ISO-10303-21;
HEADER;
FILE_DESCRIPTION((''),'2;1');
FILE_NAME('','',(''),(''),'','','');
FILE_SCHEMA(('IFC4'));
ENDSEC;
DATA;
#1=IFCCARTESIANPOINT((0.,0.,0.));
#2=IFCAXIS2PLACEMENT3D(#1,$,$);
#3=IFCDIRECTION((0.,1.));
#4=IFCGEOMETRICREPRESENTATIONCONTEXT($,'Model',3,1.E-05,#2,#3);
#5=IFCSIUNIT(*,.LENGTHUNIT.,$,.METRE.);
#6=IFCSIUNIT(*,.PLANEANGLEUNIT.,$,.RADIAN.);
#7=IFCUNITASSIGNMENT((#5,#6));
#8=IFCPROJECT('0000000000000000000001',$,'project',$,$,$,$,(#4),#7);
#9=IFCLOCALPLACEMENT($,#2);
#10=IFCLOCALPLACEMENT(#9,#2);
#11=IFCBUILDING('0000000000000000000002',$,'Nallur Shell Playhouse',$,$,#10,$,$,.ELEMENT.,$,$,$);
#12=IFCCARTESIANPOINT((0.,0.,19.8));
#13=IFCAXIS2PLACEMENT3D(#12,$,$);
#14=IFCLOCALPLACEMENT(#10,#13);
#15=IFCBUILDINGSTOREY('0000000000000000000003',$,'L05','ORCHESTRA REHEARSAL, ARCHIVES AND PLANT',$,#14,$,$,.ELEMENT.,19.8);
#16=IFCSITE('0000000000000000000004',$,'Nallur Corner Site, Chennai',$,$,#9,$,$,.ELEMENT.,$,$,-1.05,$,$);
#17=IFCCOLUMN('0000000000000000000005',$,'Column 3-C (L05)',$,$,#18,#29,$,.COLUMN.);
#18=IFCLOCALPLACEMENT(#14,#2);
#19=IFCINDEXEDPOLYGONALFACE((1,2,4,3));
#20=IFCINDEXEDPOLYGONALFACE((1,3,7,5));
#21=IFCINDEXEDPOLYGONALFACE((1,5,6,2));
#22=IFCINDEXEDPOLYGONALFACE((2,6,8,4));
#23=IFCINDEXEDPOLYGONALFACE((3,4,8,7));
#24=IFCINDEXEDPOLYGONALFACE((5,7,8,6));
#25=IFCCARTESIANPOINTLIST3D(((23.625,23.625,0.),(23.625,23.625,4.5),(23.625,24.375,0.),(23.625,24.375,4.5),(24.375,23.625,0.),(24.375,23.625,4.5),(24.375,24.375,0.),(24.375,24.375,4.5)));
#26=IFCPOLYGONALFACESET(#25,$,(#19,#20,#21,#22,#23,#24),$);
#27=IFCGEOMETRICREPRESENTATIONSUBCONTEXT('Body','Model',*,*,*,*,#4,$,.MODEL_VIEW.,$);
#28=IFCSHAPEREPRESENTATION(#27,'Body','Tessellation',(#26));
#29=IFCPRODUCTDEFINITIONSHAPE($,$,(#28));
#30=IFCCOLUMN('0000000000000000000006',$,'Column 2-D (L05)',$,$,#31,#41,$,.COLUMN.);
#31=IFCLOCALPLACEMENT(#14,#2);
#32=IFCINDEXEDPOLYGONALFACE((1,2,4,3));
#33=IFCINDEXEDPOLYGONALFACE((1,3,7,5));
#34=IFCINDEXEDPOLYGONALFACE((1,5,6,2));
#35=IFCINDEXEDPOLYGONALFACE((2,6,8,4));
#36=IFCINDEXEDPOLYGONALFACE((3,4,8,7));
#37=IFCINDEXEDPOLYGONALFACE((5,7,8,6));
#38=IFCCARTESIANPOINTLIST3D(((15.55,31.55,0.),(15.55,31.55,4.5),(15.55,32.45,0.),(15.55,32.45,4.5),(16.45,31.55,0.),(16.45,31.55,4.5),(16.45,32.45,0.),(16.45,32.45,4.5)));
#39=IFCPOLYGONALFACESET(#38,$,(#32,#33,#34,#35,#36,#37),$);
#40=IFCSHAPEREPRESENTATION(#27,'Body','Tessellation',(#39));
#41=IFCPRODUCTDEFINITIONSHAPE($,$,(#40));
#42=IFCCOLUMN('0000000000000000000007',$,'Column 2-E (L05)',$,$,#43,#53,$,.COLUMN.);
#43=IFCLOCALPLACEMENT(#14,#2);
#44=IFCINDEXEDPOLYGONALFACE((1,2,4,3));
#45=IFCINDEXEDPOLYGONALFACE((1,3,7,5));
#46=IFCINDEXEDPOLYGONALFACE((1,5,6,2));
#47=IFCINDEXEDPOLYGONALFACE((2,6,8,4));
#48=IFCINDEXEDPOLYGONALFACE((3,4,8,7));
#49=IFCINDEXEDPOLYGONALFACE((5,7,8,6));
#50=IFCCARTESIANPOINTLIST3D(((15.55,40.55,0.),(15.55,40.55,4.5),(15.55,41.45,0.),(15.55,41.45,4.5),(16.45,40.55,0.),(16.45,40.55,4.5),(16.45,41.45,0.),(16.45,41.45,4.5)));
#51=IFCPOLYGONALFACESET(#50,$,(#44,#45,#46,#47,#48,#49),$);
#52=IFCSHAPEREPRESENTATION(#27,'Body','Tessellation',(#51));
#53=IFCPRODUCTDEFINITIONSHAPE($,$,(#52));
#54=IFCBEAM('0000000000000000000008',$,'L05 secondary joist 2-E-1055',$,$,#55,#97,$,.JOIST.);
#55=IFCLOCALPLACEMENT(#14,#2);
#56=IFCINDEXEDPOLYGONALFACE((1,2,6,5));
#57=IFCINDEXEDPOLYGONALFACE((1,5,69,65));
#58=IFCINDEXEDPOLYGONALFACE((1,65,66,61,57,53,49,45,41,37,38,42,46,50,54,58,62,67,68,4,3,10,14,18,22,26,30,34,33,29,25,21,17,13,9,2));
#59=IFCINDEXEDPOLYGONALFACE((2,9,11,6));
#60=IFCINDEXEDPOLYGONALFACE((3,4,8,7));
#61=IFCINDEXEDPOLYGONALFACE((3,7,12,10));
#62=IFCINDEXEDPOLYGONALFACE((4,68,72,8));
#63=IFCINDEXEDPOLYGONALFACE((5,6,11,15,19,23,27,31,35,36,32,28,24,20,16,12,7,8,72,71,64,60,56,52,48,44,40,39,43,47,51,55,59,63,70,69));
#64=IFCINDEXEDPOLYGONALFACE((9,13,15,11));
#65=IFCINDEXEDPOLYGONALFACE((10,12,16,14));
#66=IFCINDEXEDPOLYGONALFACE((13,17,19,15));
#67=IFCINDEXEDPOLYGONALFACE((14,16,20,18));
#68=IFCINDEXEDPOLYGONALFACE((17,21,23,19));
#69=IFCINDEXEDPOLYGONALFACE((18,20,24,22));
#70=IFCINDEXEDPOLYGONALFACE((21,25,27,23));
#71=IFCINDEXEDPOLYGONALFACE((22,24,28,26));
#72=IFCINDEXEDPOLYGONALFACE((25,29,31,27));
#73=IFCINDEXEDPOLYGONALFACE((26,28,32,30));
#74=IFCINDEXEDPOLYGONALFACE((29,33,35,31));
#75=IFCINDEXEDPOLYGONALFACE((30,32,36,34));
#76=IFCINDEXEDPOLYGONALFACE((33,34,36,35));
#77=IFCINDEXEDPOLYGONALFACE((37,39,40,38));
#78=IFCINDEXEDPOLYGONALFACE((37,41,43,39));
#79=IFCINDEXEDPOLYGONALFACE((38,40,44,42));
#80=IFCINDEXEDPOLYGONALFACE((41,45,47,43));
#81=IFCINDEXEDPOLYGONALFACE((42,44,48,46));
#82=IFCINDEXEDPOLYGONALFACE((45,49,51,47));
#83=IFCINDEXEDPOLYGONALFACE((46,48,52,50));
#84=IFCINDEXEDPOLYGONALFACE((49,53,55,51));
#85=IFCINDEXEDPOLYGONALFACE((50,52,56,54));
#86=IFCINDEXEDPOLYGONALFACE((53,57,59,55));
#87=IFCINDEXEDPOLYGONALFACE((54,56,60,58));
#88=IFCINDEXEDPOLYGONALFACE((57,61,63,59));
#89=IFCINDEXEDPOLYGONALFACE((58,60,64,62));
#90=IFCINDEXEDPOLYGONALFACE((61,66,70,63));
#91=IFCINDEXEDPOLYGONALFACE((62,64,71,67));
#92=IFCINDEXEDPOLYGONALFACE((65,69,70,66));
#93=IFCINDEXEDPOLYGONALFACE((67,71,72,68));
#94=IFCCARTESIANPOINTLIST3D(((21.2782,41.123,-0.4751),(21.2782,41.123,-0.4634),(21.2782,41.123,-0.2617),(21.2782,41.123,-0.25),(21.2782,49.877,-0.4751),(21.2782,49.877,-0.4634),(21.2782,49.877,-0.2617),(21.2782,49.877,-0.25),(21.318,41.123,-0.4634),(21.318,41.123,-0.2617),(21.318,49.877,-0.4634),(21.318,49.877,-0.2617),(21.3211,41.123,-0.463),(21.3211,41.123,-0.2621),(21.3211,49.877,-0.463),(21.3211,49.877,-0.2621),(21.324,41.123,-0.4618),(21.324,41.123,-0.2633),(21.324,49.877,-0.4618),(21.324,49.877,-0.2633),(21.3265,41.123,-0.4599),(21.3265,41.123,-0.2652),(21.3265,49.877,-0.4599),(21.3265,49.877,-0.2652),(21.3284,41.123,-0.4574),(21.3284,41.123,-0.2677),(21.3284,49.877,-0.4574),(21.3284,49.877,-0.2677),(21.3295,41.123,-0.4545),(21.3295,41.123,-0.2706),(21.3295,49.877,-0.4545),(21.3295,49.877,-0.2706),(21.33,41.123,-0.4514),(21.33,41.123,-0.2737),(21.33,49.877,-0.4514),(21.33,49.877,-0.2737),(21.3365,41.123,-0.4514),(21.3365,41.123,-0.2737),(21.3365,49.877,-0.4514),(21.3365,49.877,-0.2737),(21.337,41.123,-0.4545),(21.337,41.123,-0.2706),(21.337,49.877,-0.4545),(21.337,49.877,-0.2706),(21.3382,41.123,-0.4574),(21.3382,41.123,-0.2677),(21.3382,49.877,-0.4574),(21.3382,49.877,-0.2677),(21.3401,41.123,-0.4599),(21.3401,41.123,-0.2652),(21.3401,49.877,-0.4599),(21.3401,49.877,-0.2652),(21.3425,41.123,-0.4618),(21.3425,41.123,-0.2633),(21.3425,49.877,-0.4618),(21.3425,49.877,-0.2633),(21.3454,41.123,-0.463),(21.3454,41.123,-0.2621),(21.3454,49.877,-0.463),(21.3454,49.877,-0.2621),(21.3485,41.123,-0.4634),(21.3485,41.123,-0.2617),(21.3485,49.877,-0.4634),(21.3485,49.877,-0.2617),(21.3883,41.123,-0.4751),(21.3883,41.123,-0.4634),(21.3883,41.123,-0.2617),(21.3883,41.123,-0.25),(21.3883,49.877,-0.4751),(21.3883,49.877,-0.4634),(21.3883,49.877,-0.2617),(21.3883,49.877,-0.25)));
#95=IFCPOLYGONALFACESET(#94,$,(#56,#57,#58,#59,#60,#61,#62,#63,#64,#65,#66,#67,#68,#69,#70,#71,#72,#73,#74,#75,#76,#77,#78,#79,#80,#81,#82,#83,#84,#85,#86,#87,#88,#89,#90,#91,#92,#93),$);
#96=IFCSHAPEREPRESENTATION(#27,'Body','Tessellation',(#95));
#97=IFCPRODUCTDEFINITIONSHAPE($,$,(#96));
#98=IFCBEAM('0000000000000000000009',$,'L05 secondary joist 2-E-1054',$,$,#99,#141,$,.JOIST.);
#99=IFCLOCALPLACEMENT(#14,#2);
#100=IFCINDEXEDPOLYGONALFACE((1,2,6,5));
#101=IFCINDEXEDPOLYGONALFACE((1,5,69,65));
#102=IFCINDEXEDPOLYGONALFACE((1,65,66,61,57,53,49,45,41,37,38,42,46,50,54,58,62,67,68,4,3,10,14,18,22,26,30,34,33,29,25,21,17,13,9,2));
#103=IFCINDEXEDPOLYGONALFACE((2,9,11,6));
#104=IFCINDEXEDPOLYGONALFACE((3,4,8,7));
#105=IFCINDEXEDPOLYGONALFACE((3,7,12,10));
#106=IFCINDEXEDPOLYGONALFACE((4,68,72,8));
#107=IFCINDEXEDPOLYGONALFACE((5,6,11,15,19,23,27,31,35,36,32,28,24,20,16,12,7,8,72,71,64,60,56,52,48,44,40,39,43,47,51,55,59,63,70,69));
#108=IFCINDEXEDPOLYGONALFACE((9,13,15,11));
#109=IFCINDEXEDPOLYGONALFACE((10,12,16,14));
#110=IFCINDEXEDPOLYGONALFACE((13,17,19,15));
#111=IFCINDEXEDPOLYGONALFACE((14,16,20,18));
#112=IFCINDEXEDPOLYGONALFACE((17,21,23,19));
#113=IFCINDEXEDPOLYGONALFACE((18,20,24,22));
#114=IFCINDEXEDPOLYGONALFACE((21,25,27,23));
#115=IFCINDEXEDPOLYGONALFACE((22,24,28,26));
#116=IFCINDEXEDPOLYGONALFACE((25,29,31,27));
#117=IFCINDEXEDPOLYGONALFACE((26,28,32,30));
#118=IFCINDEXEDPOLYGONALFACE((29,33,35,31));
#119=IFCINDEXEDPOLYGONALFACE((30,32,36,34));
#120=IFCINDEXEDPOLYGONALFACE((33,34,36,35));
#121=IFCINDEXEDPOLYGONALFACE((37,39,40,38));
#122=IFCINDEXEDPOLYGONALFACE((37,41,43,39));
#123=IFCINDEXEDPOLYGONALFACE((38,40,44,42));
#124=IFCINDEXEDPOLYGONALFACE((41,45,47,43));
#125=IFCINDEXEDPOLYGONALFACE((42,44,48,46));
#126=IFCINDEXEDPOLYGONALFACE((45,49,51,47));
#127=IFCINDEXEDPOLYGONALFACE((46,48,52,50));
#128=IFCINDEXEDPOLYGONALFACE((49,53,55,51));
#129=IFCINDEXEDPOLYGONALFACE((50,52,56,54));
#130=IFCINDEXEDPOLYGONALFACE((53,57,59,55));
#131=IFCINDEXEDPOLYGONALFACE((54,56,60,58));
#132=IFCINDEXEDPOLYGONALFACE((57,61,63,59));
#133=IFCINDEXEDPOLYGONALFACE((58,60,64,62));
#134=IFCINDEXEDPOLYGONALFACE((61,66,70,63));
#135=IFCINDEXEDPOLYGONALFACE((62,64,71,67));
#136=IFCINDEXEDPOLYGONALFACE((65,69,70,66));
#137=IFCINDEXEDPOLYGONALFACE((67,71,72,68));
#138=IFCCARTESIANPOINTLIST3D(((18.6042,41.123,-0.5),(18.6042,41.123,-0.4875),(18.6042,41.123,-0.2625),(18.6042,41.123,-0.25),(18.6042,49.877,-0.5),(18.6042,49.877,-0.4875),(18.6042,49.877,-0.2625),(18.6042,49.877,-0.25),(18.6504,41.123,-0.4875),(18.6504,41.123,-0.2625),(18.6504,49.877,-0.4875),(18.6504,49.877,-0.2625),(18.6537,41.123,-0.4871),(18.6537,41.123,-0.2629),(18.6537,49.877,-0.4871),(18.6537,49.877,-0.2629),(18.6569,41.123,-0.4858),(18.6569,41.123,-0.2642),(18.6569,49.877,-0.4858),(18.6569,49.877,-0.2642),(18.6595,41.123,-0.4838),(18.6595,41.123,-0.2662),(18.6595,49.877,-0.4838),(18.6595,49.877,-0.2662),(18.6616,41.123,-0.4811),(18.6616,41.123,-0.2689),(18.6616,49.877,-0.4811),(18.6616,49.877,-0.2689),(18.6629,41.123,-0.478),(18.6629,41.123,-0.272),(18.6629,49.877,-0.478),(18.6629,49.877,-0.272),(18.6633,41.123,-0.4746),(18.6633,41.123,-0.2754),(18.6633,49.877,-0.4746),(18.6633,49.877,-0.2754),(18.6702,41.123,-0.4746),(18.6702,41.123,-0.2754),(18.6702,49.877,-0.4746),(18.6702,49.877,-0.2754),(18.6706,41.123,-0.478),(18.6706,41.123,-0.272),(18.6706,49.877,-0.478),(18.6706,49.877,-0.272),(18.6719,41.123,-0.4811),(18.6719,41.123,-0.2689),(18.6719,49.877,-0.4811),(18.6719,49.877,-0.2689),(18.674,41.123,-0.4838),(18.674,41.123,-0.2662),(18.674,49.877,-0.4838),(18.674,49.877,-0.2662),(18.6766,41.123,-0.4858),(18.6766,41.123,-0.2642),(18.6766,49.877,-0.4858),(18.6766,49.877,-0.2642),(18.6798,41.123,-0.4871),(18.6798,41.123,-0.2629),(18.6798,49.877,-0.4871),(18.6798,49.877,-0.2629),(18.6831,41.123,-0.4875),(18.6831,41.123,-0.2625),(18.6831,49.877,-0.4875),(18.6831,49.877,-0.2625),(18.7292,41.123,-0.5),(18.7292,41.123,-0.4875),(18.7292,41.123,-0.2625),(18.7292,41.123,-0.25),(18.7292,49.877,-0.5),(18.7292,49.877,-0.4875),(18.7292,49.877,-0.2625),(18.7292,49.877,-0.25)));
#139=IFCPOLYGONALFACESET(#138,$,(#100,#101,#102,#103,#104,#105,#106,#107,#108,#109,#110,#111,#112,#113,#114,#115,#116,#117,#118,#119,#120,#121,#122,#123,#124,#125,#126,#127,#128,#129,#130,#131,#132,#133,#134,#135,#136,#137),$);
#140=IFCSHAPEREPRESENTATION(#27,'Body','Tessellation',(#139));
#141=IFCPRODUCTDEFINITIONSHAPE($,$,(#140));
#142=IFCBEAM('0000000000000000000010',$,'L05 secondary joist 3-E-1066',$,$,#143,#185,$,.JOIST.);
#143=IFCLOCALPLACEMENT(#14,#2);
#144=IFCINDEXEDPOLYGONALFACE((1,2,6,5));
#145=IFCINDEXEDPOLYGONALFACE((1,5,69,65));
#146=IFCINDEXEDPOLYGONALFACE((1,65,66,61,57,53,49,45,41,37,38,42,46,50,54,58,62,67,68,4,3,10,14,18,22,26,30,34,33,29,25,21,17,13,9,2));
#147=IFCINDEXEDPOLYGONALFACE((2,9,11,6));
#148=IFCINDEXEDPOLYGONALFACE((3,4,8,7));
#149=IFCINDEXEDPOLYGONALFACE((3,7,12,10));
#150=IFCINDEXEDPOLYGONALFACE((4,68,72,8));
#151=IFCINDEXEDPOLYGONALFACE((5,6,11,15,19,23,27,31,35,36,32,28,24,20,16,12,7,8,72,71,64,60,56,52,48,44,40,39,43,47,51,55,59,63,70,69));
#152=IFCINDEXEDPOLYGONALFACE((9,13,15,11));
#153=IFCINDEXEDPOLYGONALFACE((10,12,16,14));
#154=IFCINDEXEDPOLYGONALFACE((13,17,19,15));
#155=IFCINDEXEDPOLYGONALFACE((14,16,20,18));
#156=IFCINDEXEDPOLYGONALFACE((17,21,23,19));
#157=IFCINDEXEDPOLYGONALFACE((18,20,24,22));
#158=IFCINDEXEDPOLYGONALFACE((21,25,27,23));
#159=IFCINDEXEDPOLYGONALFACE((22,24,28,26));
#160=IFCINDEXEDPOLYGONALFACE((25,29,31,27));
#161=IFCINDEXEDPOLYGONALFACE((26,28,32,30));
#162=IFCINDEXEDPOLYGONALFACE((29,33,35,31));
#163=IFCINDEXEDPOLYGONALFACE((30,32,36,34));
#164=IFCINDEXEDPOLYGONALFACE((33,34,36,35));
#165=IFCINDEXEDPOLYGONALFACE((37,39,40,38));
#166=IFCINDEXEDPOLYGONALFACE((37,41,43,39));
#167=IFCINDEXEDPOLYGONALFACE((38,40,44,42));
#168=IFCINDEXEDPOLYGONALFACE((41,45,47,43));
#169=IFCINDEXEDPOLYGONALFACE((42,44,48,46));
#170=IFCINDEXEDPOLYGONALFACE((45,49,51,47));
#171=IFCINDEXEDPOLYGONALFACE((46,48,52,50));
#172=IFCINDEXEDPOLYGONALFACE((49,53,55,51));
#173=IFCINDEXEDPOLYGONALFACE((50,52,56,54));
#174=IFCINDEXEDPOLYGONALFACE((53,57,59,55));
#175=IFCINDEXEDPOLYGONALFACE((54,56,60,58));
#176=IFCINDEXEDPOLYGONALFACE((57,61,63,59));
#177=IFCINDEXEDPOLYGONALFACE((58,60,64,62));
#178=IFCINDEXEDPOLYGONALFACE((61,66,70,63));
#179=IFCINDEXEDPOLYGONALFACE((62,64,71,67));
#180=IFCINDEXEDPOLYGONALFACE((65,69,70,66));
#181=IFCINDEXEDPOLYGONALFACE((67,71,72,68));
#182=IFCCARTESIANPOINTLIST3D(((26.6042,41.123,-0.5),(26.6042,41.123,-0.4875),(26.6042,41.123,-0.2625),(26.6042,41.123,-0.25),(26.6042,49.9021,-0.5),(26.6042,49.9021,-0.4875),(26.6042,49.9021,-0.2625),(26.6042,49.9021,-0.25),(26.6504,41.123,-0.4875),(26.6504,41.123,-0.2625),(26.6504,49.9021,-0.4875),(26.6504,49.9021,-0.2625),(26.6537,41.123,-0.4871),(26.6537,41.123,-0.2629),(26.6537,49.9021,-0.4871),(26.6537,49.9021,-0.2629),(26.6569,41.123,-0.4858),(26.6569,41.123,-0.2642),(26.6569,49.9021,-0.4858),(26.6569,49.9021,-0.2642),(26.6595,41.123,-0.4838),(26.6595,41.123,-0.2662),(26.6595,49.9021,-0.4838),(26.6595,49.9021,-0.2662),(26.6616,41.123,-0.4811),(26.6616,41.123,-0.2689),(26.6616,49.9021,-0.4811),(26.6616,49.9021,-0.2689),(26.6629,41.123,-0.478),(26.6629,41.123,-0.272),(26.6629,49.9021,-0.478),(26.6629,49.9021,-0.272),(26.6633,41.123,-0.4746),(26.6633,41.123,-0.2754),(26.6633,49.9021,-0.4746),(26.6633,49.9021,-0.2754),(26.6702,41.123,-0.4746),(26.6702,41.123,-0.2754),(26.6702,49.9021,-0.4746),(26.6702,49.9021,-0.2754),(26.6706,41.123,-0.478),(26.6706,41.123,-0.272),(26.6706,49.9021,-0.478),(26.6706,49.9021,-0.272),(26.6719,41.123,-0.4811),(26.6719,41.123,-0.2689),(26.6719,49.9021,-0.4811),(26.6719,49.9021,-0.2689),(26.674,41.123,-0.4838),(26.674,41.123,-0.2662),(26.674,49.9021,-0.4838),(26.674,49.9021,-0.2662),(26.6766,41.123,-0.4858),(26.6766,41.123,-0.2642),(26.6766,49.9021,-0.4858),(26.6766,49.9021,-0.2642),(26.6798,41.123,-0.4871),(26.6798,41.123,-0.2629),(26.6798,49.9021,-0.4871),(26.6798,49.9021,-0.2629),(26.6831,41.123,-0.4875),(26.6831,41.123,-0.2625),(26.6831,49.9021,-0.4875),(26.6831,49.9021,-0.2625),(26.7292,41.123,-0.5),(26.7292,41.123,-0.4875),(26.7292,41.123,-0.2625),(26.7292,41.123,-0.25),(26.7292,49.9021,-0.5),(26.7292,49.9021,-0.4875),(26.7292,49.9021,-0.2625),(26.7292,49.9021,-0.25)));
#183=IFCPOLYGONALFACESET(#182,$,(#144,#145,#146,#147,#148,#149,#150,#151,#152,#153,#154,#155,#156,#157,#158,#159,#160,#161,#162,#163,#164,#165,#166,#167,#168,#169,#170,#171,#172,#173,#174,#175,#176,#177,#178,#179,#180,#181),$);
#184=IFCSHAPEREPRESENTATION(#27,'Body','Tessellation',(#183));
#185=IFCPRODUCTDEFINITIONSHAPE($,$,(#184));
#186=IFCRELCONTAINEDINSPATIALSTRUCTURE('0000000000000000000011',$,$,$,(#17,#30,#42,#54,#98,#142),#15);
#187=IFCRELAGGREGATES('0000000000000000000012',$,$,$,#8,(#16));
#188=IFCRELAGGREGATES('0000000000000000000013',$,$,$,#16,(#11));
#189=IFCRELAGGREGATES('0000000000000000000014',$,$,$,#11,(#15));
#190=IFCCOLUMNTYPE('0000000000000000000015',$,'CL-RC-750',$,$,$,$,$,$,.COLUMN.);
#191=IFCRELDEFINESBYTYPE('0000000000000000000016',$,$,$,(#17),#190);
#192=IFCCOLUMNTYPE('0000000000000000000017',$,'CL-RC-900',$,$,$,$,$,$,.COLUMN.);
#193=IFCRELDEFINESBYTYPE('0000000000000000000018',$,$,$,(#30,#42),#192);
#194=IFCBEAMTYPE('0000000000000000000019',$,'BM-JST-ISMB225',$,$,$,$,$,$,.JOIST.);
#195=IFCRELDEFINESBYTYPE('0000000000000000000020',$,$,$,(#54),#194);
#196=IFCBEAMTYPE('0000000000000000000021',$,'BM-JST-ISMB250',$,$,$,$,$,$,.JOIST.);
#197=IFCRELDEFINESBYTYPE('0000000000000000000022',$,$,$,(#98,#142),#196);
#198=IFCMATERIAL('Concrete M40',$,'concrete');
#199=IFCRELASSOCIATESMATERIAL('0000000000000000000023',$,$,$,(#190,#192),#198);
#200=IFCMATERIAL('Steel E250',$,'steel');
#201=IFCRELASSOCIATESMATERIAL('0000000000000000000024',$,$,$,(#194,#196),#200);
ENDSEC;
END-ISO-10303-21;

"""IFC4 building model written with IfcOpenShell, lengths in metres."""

from ifc_helpers import new_model, si_unit, direction, frame, origin, origin_2d, place, context, subcontext, project, spatial, rectangle, i_section, extrude, material, material_profile, profile_set, type_object, element, save


model = new_model("IFC4")

# Units and contexts
model_context = context("Model", 3, precision=1e-05, world=origin(), true_north=direction((0.0, 1.0)))
body_context = subcontext(model_context, "Body", "Model", "MODEL_VIEW")
ifc_project = project(units=[si_unit("LENGTHUNIT", "METRE"), si_unit("PLANEANGLEUNIT", "RADIAN")], contexts=[model_context])

# Site, building, storey
site_placement = place(None, origin())
site = spatial("IfcSite", under=ifc_project, at=site_placement, Name="Nallur Corner Site, Chennai", CompositionType="ELEMENT", RefElevation=-1.05)
building_placement = place(site_placement, origin())
building = spatial("IfcBuilding", under=site, at=building_placement, Name="Nallur Shell Playhouse", CompositionType="ELEMENT")
storey_placement = place(building_placement, frame((0.0, 0.0, 19.8)))
storey = spatial("IfcBuildingStorey", under=building, at=storey_placement, Name="L05", Description="ORCHESTRA REHEARSAL, ARCHIVES AND PLANT", CompositionType="ELEMENT", Elevation=19.8)

# Columns
ifc_material_1 = material(Name="Concrete M40", Category="concrete")
ifc_material_profile_1 = material_profile(ifc_material_1, rectangle(XDim=0.75, YDim=0.75, at=origin_2d()), Name="RC 750x750")
ifc_profile_set_1 = profile_set([ifc_material_profile_1], Name="Concrete M40")
column_type_1 = type_object("IfcColumnType", Name="CL-RC-750", PredefinedType="COLUMN", material=ifc_profile_set_1)
column_placement = place(storey_placement, frame((24.0, 24.0, 0.0), z_axis=(0.0, 0.0, 1.0), x_axis=(1.0, 0.0, 0.0)))
element("IfcColumn", 1, at=column_placement, inside=storey, type_object=column_type_1, Name="Column 3-C (L05)", PredefinedType="COLUMN", context=body_context, shape_type="SweptSolid", body=[
    extrude(rectangle(XDim=0.75, YDim=0.75, at=origin_2d()), origin(), (0.0, 0.0, 1.0), 4.5),
])
ifc_material_profile_2 = material_profile(ifc_material_1, rectangle(XDim=0.8999, YDim=0.8999, at=origin_2d()), Name="RC 900x900")
ifc_profile_set_2 = profile_set([ifc_material_profile_2], Name="Concrete M40")
column_type_2 = type_object("IfcColumnType", Name="CL-RC-900", PredefinedType="COLUMN", material=ifc_profile_set_2)
for number, where, z_axis, x_axis, name in (
    (2, (16.0, 32.0, 0.0), (0.0, 0.0, 1.0), (1.0, 0.0, 0.0), "Column 2-D (L05)"),
    (3, (16.0, 41.0, 0.0), (0.0, 0.0, 1.0), (1.0, 0.0, 0.0), "Column 2-E (L05)"),
):
    element("IfcColumn", number, at=place(storey_placement, frame(where, z_axis=z_axis, x_axis=x_axis)), inside=storey, type_object=column_type_2, Name=name, PredefinedType="COLUMN", context=body_context, shape_type="SweptSolid", body=[
        extrude(rectangle(XDim=0.8999, YDim=0.8999, at=origin_2d()), origin(), (0.0, 0.0, 1.0), 4.5),
    ])

# Beams
ifc_material_2 = material(Name="Steel E250", Category="steel")
ifc_material_profile_3 = material_profile(ifc_material_2, i_section(OverallWidth=0.1101, OverallDepth=0.2251, WebThickness=0.0066, FlangeThickness=0.0117, FilletRadius=0.012, at=origin_2d()), Name="ISMB 225")
ifc_profile_set_3 = profile_set([ifc_material_profile_3], Name="Steel E250")
beam_type_1 = type_object("IfcBeamType", Name="BM-JST-ISMB225", PredefinedType="JOIST", material=ifc_profile_set_3)
beam_1_placement = place(storey_placement, frame((21.3333, 41.123, -0.3625), z_axis=(0.0, 1.0, 0.0), x_axis=(-1.0, 0.0, 0.0)))
element("IfcBeam", 4, at=beam_1_placement, inside=storey, type_object=beam_type_1, Name="L05 secondary joist 2-E-1055", PredefinedType="JOIST", context=body_context, shape_type="SweptSolid", body=[
    extrude(i_section(OverallWidth=0.1101, OverallDepth=0.2251, WebThickness=0.0066, FlangeThickness=0.0117, FilletRadius=0.012, at=origin_2d()), origin(), (0.0, 0.0, 1.0), 8.7539),
])
ifc_material_profile_4 = material_profile(ifc_material_2, i_section(OverallWidth=0.125, OverallDepth=0.25, WebThickness=0.0068, FlangeThickness=0.0125, FilletRadius=0.0129, at=origin_2d()), Name="ISMB 250")
ifc_profile_set_4 = profile_set([ifc_material_profile_4], Name="Steel E250")
beam_type_2 = type_object("IfcBeamType", Name="BM-JST-ISMB250", PredefinedType="JOIST", material=ifc_profile_set_4)
beam_2_placement = place(storey_placement, frame((18.6667, 41.123, -0.375), z_axis=(0.0, 1.0, 0.0), x_axis=(-1.0, 0.0, 0.0)))
element("IfcBeam", 5, at=beam_2_placement, inside=storey, type_object=beam_type_2, Name="L05 secondary joist 2-E-1054", PredefinedType="JOIST", context=body_context, shape_type="SweptSolid", body=[
    extrude(i_section(OverallWidth=0.125, OverallDepth=0.25, WebThickness=0.0068, FlangeThickness=0.0125, FilletRadius=0.0129, at=origin_2d()), origin(), (0.0, 0.0, 1.0), 8.7539),
])
beam_3_placement = place(storey_placement, frame((26.6667, 41.123, -0.375), z_axis=(0.0, 1.0, 0.0), x_axis=(-1.0, 0.0, 0.0)))
element("IfcBeam", 6, at=beam_3_placement, inside=storey, type_object=beam_type_2, Name="L05 secondary joist 3-E-1066", PredefinedType="JOIST", context=body_context, shape_type="SweptSolid", body=[
    extrude(i_section(OverallWidth=0.125, OverallDepth=0.25, WebThickness=0.0068, FlangeThickness=0.0125, FilletRadius=0.0129, at=origin_2d()), origin(), (0.0, 0.0, 1.0), 8.7791),
])

save(model, "model.ifc")
